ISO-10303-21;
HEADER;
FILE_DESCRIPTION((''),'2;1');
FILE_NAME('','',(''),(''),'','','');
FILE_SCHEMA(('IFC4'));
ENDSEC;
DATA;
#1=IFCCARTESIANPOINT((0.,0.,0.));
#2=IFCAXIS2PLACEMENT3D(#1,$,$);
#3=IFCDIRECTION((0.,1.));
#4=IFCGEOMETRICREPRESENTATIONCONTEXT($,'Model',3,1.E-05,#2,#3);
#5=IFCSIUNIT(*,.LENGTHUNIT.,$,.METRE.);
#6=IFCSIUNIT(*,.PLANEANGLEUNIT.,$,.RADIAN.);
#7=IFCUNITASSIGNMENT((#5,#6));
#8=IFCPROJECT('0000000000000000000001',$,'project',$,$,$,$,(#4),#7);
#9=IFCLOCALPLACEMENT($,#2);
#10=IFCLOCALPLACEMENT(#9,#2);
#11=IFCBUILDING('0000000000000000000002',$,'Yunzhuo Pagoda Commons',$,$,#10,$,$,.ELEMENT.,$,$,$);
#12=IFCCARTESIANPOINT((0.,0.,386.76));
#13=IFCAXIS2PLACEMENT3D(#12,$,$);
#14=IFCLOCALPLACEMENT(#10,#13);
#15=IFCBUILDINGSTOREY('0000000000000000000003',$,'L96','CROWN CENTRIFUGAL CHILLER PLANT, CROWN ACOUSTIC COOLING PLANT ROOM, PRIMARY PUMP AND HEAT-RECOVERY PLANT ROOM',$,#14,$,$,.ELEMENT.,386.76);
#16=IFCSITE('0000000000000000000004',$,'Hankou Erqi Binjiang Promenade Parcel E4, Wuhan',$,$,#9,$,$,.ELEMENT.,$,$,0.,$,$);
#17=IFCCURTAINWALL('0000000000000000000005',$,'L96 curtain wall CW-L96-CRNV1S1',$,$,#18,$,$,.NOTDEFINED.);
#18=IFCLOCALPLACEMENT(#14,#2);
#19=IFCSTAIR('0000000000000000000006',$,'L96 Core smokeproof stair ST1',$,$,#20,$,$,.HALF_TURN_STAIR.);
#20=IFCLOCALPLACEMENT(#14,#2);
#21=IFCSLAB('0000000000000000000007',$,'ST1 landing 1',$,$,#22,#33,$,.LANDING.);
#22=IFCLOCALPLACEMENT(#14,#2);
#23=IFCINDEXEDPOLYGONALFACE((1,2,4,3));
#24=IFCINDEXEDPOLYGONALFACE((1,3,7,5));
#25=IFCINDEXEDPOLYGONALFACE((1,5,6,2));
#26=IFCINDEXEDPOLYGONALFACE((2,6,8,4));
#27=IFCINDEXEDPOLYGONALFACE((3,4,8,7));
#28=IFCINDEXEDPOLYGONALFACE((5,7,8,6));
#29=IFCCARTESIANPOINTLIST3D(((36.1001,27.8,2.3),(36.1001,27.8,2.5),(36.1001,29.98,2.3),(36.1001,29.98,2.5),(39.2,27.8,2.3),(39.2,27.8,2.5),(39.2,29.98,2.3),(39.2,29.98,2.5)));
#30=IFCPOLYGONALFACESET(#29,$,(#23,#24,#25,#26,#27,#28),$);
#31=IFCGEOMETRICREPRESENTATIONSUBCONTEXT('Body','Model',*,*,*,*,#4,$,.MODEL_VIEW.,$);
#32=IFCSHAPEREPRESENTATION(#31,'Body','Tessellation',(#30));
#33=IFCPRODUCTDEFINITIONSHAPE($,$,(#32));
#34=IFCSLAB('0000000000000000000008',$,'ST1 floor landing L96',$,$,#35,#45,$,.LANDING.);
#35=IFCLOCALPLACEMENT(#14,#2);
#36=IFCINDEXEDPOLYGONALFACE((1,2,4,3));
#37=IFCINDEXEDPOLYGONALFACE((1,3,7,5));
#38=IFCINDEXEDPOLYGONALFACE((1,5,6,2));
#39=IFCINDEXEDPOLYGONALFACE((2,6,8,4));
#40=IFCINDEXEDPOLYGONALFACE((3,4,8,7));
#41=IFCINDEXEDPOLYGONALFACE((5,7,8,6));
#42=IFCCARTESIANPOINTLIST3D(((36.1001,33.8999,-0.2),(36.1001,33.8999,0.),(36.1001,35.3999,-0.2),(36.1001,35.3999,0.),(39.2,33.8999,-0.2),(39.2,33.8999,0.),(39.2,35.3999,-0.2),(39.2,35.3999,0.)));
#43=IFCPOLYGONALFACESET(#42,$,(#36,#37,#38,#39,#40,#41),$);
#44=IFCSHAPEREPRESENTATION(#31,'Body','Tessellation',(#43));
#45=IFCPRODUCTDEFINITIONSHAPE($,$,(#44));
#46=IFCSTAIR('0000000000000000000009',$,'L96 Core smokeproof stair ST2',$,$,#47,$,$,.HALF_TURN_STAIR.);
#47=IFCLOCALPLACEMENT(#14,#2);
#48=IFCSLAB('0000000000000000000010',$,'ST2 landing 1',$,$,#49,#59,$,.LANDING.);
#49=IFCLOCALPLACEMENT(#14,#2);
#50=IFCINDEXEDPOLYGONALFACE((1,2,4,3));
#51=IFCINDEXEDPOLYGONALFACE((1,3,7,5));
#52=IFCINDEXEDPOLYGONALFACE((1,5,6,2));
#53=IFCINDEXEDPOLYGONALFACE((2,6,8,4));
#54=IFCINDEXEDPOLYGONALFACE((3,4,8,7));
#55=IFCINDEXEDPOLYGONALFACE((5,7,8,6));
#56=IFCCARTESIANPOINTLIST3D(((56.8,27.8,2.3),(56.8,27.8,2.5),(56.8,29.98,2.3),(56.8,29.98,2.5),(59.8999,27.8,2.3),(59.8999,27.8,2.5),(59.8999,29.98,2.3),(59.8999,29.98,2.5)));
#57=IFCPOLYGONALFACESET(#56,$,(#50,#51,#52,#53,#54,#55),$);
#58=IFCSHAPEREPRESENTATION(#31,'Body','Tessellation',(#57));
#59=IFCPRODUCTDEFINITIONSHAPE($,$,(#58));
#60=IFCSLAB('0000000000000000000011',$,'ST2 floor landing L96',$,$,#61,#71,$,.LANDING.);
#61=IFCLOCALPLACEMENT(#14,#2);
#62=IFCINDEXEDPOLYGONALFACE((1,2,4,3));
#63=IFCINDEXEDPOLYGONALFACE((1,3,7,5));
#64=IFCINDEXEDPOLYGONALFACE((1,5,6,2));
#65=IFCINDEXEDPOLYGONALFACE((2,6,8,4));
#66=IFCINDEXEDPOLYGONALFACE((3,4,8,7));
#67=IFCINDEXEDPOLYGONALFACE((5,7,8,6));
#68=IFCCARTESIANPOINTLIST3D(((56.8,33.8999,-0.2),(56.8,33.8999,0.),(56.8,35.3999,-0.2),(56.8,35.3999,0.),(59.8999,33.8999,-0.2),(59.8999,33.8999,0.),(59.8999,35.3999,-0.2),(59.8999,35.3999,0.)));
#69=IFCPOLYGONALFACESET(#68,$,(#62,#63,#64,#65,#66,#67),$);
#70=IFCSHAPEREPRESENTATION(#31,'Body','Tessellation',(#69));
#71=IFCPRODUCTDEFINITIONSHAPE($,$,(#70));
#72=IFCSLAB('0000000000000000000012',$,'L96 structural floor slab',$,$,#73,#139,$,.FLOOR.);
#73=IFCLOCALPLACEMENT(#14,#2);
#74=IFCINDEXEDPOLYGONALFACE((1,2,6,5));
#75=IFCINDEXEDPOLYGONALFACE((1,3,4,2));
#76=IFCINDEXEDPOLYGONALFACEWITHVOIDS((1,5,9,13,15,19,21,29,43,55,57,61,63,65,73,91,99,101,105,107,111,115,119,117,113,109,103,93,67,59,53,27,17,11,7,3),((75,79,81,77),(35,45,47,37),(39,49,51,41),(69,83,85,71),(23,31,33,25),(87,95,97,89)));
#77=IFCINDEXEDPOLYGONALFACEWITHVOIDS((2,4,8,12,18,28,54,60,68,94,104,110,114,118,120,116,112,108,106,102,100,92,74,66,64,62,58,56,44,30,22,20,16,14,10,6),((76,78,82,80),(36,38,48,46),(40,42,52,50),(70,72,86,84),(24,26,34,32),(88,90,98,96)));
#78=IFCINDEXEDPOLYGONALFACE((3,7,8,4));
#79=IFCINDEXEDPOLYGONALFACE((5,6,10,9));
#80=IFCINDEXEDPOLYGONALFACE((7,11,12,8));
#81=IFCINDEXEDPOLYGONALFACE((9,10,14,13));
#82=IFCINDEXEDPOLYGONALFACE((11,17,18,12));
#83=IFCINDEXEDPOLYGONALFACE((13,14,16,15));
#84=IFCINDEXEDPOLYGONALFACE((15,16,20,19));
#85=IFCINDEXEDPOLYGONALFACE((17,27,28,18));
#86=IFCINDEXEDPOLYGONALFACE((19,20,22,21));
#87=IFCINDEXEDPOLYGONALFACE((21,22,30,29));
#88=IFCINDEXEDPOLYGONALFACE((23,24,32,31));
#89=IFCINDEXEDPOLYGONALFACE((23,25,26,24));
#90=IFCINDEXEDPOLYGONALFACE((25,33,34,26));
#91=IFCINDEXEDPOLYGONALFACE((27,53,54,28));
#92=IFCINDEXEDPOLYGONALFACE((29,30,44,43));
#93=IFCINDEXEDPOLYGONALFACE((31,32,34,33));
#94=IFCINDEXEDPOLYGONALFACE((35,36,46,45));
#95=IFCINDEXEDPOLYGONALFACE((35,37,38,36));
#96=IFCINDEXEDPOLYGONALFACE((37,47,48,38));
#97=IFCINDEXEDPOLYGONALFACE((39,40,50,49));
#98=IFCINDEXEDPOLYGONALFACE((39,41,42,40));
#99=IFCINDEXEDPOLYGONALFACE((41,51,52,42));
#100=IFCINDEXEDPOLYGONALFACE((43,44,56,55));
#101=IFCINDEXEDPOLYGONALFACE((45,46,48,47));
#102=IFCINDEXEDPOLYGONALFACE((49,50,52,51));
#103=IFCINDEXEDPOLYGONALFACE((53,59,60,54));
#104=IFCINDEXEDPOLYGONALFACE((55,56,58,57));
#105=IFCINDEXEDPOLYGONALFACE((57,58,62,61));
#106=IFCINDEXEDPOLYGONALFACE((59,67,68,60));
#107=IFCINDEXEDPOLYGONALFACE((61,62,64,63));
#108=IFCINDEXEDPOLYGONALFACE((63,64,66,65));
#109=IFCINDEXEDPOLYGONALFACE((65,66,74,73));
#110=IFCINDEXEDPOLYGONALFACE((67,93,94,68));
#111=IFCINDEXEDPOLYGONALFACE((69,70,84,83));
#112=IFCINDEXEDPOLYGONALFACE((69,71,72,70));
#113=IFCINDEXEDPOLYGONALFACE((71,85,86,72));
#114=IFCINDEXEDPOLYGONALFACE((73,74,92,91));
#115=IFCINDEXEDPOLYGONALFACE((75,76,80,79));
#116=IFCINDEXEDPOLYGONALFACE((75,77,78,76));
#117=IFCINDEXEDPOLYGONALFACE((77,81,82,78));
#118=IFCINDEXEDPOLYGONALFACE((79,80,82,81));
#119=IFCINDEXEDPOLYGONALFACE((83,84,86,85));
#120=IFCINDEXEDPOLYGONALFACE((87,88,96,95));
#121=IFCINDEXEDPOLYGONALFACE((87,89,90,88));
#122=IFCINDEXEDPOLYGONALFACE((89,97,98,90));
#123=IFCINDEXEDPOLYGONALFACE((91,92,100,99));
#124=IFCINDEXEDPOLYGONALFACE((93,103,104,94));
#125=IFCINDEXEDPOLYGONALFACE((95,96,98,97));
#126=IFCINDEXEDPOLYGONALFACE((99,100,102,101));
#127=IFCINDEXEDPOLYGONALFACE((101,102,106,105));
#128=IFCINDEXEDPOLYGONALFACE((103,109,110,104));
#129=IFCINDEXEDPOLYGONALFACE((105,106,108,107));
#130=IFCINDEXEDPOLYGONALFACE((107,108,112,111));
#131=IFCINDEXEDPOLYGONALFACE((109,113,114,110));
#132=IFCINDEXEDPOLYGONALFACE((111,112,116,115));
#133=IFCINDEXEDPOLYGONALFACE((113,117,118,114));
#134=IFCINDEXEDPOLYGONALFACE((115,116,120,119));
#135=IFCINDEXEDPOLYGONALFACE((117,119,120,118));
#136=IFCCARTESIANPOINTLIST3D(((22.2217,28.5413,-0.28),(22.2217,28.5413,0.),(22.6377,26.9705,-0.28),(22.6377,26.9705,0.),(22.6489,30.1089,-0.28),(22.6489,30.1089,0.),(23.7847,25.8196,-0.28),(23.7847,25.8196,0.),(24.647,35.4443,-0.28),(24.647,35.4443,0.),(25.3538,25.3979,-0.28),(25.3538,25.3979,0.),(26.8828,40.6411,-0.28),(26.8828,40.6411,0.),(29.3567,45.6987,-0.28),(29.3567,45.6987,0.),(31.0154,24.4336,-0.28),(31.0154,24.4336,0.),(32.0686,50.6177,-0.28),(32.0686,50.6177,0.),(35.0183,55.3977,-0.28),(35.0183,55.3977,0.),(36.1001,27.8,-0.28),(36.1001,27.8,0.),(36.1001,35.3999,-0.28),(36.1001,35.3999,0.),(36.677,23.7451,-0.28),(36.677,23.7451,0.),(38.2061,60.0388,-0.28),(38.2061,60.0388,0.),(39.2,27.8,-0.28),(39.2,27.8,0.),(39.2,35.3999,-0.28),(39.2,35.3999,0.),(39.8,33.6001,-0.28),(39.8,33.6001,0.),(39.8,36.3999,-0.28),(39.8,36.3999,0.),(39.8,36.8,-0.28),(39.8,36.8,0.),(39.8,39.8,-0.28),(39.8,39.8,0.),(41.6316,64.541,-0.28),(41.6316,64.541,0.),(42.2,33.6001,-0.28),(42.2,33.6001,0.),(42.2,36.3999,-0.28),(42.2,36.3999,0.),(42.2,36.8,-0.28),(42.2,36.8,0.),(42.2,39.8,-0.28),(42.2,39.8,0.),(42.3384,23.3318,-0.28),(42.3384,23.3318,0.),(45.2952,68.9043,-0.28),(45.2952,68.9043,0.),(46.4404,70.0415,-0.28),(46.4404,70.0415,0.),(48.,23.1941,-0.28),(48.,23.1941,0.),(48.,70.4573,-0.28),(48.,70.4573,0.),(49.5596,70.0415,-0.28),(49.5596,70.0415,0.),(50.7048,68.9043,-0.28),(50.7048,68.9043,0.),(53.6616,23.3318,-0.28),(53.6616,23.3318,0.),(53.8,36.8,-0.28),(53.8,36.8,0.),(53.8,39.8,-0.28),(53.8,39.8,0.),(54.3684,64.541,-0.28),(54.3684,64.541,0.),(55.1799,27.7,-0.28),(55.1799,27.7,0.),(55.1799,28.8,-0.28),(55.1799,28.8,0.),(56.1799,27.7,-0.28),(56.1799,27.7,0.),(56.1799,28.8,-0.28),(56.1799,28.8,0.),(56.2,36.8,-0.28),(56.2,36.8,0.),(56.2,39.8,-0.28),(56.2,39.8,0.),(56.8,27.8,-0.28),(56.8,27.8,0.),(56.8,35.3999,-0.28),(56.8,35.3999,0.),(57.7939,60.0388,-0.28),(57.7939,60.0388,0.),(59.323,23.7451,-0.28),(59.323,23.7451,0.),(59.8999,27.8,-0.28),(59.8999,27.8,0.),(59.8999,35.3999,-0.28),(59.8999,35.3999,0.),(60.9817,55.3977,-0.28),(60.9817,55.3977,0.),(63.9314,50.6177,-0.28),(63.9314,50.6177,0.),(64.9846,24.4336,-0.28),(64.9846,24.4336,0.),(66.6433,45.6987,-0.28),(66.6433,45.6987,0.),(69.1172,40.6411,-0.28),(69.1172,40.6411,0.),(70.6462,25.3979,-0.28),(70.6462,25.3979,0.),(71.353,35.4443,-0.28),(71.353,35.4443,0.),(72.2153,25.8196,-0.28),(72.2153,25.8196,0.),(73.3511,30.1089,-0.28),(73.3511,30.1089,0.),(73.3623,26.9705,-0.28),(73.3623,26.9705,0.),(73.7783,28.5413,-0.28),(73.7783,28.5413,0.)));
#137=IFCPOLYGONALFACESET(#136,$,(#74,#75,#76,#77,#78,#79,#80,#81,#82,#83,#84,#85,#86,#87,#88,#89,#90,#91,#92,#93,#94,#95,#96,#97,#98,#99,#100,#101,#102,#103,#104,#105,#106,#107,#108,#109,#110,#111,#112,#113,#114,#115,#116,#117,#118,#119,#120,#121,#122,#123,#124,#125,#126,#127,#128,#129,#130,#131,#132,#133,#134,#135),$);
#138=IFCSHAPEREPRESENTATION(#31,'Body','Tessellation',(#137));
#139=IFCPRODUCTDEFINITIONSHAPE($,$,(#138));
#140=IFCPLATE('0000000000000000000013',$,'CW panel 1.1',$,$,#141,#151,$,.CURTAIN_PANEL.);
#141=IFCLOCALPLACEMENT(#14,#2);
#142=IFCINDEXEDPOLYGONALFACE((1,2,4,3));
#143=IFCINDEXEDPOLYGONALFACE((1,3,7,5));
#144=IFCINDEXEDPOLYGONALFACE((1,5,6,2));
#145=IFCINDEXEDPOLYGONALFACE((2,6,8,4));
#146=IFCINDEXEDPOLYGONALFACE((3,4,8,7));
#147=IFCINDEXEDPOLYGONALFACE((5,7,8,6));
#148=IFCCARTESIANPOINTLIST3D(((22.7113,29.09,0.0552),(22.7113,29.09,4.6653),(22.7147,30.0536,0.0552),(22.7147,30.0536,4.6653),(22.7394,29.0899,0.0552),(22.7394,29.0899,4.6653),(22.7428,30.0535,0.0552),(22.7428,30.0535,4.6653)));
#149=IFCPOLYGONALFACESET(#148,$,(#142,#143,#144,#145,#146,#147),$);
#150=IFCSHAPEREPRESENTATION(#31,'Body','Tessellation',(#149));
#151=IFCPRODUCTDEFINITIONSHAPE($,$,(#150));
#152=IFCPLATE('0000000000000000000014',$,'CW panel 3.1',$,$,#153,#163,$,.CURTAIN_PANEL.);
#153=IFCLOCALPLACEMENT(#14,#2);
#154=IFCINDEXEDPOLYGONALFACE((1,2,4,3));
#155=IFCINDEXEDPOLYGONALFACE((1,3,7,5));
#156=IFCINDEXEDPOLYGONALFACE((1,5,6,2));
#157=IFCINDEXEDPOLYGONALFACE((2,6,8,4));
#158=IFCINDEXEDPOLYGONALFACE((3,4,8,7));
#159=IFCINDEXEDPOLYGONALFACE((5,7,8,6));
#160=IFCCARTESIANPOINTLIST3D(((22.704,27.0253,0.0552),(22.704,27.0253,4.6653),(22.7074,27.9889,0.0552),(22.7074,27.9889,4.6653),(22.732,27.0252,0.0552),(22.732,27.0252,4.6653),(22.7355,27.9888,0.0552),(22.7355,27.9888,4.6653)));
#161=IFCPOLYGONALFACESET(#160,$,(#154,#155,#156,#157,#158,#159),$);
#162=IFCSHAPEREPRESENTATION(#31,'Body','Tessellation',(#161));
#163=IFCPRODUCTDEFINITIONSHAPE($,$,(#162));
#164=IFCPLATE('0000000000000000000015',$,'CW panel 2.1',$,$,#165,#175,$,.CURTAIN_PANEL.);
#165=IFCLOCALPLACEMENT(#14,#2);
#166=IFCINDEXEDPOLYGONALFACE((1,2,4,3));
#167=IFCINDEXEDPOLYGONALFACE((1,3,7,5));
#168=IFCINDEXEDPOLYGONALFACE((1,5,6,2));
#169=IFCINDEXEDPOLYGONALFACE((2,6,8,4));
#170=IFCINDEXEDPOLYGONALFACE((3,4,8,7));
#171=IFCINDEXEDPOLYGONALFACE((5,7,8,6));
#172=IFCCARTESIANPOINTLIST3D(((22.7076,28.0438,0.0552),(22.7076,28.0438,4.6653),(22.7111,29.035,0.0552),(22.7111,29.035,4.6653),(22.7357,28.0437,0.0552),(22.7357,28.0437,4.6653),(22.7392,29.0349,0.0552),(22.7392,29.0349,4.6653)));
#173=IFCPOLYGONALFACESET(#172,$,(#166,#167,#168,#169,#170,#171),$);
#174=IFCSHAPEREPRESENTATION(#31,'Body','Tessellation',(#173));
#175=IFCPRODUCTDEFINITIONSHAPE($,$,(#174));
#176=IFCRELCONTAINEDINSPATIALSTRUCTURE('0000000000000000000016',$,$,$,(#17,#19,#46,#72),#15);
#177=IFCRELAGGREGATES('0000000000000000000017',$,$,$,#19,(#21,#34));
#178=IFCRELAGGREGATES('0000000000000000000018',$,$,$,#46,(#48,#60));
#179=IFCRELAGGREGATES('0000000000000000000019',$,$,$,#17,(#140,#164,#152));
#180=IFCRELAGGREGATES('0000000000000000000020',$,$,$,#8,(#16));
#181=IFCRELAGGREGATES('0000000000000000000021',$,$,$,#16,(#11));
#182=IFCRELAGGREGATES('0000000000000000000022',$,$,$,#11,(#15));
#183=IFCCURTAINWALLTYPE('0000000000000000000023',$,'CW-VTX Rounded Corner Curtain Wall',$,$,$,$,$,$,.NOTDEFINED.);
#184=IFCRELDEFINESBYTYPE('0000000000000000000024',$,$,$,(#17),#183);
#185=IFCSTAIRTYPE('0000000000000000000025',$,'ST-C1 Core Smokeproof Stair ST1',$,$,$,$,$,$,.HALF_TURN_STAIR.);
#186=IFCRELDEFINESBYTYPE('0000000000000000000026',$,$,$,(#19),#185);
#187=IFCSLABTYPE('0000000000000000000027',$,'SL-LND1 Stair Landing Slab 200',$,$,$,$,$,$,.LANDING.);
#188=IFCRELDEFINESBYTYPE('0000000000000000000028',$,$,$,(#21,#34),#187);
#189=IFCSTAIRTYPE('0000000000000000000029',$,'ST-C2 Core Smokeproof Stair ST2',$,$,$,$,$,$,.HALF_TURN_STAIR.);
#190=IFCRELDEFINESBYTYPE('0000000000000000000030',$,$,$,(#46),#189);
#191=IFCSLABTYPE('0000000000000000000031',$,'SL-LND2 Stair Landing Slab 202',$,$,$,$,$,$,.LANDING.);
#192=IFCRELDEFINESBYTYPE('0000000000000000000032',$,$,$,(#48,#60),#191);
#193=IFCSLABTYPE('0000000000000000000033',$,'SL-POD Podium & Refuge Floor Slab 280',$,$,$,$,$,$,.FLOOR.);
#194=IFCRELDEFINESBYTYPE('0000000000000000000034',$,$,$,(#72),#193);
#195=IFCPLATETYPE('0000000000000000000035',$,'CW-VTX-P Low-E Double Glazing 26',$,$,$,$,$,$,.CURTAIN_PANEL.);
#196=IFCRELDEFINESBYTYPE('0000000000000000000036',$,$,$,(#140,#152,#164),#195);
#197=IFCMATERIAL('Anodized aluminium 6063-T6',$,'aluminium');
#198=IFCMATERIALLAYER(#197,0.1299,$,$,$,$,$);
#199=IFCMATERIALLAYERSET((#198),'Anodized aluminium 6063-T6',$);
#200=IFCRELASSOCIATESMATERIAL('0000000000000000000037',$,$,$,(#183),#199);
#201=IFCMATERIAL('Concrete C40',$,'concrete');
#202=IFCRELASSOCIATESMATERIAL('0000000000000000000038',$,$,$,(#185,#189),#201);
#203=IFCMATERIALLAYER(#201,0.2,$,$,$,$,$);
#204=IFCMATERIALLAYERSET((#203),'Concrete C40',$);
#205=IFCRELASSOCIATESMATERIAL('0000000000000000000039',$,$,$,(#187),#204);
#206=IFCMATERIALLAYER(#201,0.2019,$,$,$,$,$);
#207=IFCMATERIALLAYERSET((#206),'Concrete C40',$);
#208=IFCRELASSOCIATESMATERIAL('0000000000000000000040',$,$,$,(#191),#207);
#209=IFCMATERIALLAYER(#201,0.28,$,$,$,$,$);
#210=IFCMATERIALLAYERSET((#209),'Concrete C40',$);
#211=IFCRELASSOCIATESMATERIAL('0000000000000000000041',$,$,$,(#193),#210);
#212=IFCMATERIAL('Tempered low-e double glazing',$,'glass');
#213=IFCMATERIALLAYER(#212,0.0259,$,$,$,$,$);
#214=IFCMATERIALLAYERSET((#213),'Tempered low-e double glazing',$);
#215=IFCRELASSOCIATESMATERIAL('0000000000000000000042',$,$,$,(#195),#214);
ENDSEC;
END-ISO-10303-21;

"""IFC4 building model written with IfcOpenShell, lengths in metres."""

from ifc_helpers import new_model, si_unit, direction, frame, origin, origin_2d, place, context, subcontext, project, spatial, polyline, rectangle, outline, extrude, source, transform, mapped, material, layer, layer_set, type_object, element, aggregate, save


model = new_model("IFC4")

# Units and contexts
model_context = context("Model", 3, precision=1e-05, world=origin(), true_north=direction((0.0, 1.0)))
body_context = subcontext(model_context, "Body", "Model", "MODEL_VIEW")
ifc_project = project(units=[si_unit("LENGTHUNIT", "METRE"), si_unit("PLANEANGLEUNIT", "RADIAN")], contexts=[model_context])

# Site, building, storey
site_placement = place(None, origin())
site = spatial("IfcSite", under=ifc_project, at=site_placement, Name="Hankou Erqi Binjiang Promenade Parcel E4, Wuhan", CompositionType="ELEMENT", RefElevation=0.0)
building_placement = place(site_placement, origin())
building = spatial("IfcBuilding", under=site, at=building_placement, Name="Yunzhuo Pagoda Commons", CompositionType="ELEMENT")
storey_placement = place(building_placement, frame((0.0, 0.0, 386.76)))
storey = spatial("IfcBuildingStorey", under=building, at=storey_placement, Name="L96", Description="CROWN CENTRIFUGAL CHILLER PLANT, CROWN ACOUSTIC COOLING PLANT ROOM, PRIMARY PUMP AND HEAT-RECOVERY PLANT ROOM", CompositionType="ELEMENT", Elevation=386.76)

# Curtain wall
ifc_material_1 = material(Name="Anodized aluminium 6063-T6", Category="aluminium")
ifc_layer_1 = layer(ifc_material_1, 0.1299)
ifc_layer_set_1 = layer_set([ifc_layer_1], Name="Anodized aluminium 6063-T6")
curtain_wall_type = type_object("IfcCurtainWallType", Name="CW-VTX Rounded Corner Curtain Wall", PredefinedType="NOTDEFINED", material=ifc_layer_set_1)
curtain_wall_1_placement = place(storey_placement, origin())
curtain_wall_1 = element("IfcCurtainWall", 1, at=curtain_wall_1_placement, inside=storey, type_object=curtain_wall_type, Name="L96 curtain wall CW-L96-CRNV1S1", PredefinedType="NOTDEFINED")

# Stairs, slabs
ifc_material_2 = material(Name="Concrete C40", Category="concrete")
stair_type_1 = type_object("IfcStairType", Name="ST-C1 Core Smokeproof Stair ST1", PredefinedType="HALF_TURN_STAIR", material=ifc_material_2)
stair_1_placement = place(storey_placement, origin())
stair_1 = element("IfcStair", 2, at=stair_1_placement, inside=storey, type_object=stair_type_1, Name="L96 Core smokeproof stair ST1", PredefinedType="HALF_TURN_STAIR")
ifc_layer_2 = layer(ifc_material_2, 0.2)
ifc_layer_set_2 = layer_set([ifc_layer_2], Name="Concrete C40")
slab_type_1 = type_object("IfcSlabType", Name="SL-LND1 Stair Landing Slab 200", PredefinedType="LANDING", material=ifc_layer_set_2)
slab_1_placement = place(storey_placement, frame((0.0, 0.0, 2.3)))
slab_1 = element("IfcSlab", 3, at=slab_1_placement, type_object=slab_type_1, Name="ST1 landing 1", PredefinedType="LANDING", context=body_context, shape_type="SweptSolid", body=[
    extrude(outline(polyline([(36.1001, 29.98), (36.1001, 27.8), (39.2, 27.8), (39.2, 29.98), (36.1001, 29.98)])), origin(), (0.0, 0.0, 1.0), 0.2),
])
slab_2_placement = place(storey_placement, frame((0.0, 0.0, -0.2)))
slab_2 = element("IfcSlab", 4, at=slab_2_placement, type_object=slab_type_1, Name="ST1 floor landing L96", PredefinedType="LANDING", context=body_context, shape_type="SweptSolid", body=[
    extrude(outline(polyline([(36.1001, 35.3999), (36.1001, 33.8999), (39.2, 33.8999), (39.2, 35.3999), (36.1001, 35.3999)])), origin(), (0.0, 0.0, 1.0), 0.2),
])
aggregate(stair_1, [slab_1, slab_2])
stair_type_2 = type_object("IfcStairType", Name="ST-C2 Core Smokeproof Stair ST2", PredefinedType="HALF_TURN_STAIR", material=ifc_material_2)
stair_2_placement = place(storey_placement, origin())
stair_2 = element("IfcStair", 5, at=stair_2_placement, inside=storey, type_object=stair_type_2, Name="L96 Core smokeproof stair ST2", PredefinedType="HALF_TURN_STAIR")
ifc_layer_3 = layer(ifc_material_2, 0.2019)
ifc_layer_set_3 = layer_set([ifc_layer_3], Name="Concrete C40")
slab_type_2 = type_object("IfcSlabType", Name="SL-LND2 Stair Landing Slab 202", PredefinedType="LANDING", material=ifc_layer_set_3)
slab_3_placement = place(storey_placement, frame((0.0, 0.0, 2.3)))
slab_3 = element("IfcSlab", 6, at=slab_3_placement, type_object=slab_type_2, Name="ST2 landing 1", PredefinedType="LANDING", context=body_context, shape_type="SweptSolid", body=[
    extrude(outline(polyline([(56.8, 29.98), (56.8, 27.8), (59.8999, 27.8), (59.8999, 29.98), (56.8, 29.98)])), origin(), (0.0, 0.0, 1.0), 0.2),
])
slab_4_placement = place(storey_placement, frame((0.0, 0.0, -0.2)))
slab_4 = element("IfcSlab", 7, at=slab_4_placement, type_object=slab_type_2, Name="ST2 floor landing L96", PredefinedType="LANDING", context=body_context, shape_type="SweptSolid", body=[
    extrude(outline(polyline([(56.8, 35.3999), (56.8, 33.8999), (59.8999, 33.8999), (59.8999, 35.3999), (56.8, 35.3999)])), origin(), (0.0, 0.0, 1.0), 0.2),
])
aggregate(stair_2, [slab_3, slab_4])

# Slab
ifc_layer_4 = layer(ifc_material_2, 0.28)
ifc_layer_set_4 = layer_set([ifc_layer_4], Name="Concrete C40")
slab_type_3 = type_object("IfcSlabType", Name="SL-POD Podium & Refuge Floor Slab 280", PredefinedType="FLOOR", material=ifc_layer_set_4)
slab_5_placement = place(storey_placement, frame((0.0, 0.0, -0.28)))
element("IfcSlab", 8, at=slab_5_placement, inside=storey, type_object=slab_type_3, Name="L96 structural floor slab", PredefinedType="FLOOR", context=body_context, shape_type="SweptSolid", body=[
    extrude(outline(polyline([(24.647, 35.4443), (26.8828, 40.6411), (29.3567, 45.6987), (32.0686, 50.6177), (35.0183, 55.3977), (38.2061, 60.0388), (41.6316, 64.541), (45.2952, 68.9043), (46.4404, 70.0415), (48.0, 70.4573), (49.5596, 70.0415), (50.7048, 68.9043), (54.3684, 64.541), (57.7939, 60.0388), (60.9817, 55.3977), (63.9314, 50.6177), (66.6433, 45.6987), (69.1172, 40.6411), (71.353, 35.4443), (73.3511, 30.1089), (73.7783, 28.5413), (73.3623, 26.9705), (72.2153, 25.8196), (70.6462, 25.3979), (64.9846, 24.4336), (59.323, 23.7451), (53.6616, 23.3318), (48.0, 23.1941), (42.3384, 23.3318), (36.677, 23.7451), (31.0154, 24.4336), (25.3538, 25.3979), (23.7847, 25.8196), (22.6377, 26.9705), (22.2217, 28.5413), (22.6489, 30.1089), (24.647, 35.4443)]), holes=[polyline([(55.1799, 28.8), (55.1799, 27.7), (56.1799, 27.7), (56.1799, 28.8), (55.1799, 28.8)]), polyline([(39.2, 27.8), (39.2, 35.3999), (36.1001, 35.3999), (36.1001, 27.8), (39.2, 27.8)]), polyline([(59.8999, 27.8), (59.8999, 35.3999), (56.8, 35.3999), (56.8, 27.8), (59.8999, 27.8)]), polyline([(39.8, 36.3999), (39.8, 33.6001), (42.2, 33.6001), (42.2, 36.3999), (39.8, 36.3999)]), polyline([(42.2, 39.8), (39.8, 39.8), (39.8, 36.8), (42.2, 36.8), (42.2, 39.8)]), polyline([(56.2, 39.8), (53.8, 39.8), (53.8, 36.8), (56.2, 36.8), (56.2, 39.8)])]), origin(), (0.0, 0.0, 1.0), 0.28),
])

# Plates
ifc_material_3 = material(Name="Tempered low-e double glazing", Category="glass")
ifc_layer_5 = layer(ifc_material_3, 0.0259)
ifc_layer_set_5 = layer_set([ifc_layer_5], Name="Tempered low-e double glazing")
plate_type = type_object("IfcPlateType", Name="CW-VTX-P Low-E Double Glazing 26", PredefinedType="CURTAIN_PANEL", material=ifc_layer_set_5)
shared_shape_1 = source(origin(), body_context, "Body", "SweptSolid", [
    extrude(rectangle(XDim=0.9636, YDim=0.0281, at=origin_2d()), origin(), (0.0, 0.0, 1.0), 4.6101),
])
plate_1_placement = place(storey_placement, frame((22.7271, 29.5718, 0.0552), z_axis=(0.0, 0.0, 1.0), x_axis=(-0.003569, -0.999994, 0.0)))
plate_1 = element("IfcPlate", 9, at=plate_1_placement, type_object=plate_type, Name="CW panel 1.1", PredefinedType="CURTAIN_PANEL", context=body_context, shape_type="MappedRepresentation", body=[
    mapped(shared_shape_1, transform((0.0, 0.0, 0.0), scale=1.0)),
])
plate_2_placement = place(storey_placement, frame((22.7197, 27.5071, 0.0552), z_axis=(0.0, 0.0, 1.0), x_axis=(-0.003569, -0.999994, 0.0)))
plate_2 = element("IfcPlate", 10, at=plate_2_placement, type_object=plate_type, Name="CW panel 3.1", PredefinedType="CURTAIN_PANEL", context=body_context, shape_type="MappedRepresentation", body=[
    mapped(shared_shape_1, transform((0.0, 0.0, 0.0), scale=1.0)),
])
shared_shape_2 = source(origin(), body_context, "Body", "SweptSolid", [
    extrude(rectangle(XDim=0.9912, YDim=0.0281, at=origin_2d()), origin(), (0.0, 0.0, 1.0), 4.6101),
])
plate_3_placement = place(storey_placement, frame((22.7234, 28.5393, 0.0552), z_axis=(0.0, 0.0, 1.0), x_axis=(-0.003569, -0.999994, 0.0)))
plate_3 = element("IfcPlate", 11, at=plate_3_placement, type_object=plate_type, Name="CW panel 2.1", PredefinedType="CURTAIN_PANEL", context=body_context, shape_type="MappedRepresentation", body=[
    mapped(shared_shape_2, transform((0.0, 0.0, 0.0), scale=1.0)),
])
aggregate(curtain_wall_1, [plate_1, plate_3, plate_2])

save(model, "model.ifc")
